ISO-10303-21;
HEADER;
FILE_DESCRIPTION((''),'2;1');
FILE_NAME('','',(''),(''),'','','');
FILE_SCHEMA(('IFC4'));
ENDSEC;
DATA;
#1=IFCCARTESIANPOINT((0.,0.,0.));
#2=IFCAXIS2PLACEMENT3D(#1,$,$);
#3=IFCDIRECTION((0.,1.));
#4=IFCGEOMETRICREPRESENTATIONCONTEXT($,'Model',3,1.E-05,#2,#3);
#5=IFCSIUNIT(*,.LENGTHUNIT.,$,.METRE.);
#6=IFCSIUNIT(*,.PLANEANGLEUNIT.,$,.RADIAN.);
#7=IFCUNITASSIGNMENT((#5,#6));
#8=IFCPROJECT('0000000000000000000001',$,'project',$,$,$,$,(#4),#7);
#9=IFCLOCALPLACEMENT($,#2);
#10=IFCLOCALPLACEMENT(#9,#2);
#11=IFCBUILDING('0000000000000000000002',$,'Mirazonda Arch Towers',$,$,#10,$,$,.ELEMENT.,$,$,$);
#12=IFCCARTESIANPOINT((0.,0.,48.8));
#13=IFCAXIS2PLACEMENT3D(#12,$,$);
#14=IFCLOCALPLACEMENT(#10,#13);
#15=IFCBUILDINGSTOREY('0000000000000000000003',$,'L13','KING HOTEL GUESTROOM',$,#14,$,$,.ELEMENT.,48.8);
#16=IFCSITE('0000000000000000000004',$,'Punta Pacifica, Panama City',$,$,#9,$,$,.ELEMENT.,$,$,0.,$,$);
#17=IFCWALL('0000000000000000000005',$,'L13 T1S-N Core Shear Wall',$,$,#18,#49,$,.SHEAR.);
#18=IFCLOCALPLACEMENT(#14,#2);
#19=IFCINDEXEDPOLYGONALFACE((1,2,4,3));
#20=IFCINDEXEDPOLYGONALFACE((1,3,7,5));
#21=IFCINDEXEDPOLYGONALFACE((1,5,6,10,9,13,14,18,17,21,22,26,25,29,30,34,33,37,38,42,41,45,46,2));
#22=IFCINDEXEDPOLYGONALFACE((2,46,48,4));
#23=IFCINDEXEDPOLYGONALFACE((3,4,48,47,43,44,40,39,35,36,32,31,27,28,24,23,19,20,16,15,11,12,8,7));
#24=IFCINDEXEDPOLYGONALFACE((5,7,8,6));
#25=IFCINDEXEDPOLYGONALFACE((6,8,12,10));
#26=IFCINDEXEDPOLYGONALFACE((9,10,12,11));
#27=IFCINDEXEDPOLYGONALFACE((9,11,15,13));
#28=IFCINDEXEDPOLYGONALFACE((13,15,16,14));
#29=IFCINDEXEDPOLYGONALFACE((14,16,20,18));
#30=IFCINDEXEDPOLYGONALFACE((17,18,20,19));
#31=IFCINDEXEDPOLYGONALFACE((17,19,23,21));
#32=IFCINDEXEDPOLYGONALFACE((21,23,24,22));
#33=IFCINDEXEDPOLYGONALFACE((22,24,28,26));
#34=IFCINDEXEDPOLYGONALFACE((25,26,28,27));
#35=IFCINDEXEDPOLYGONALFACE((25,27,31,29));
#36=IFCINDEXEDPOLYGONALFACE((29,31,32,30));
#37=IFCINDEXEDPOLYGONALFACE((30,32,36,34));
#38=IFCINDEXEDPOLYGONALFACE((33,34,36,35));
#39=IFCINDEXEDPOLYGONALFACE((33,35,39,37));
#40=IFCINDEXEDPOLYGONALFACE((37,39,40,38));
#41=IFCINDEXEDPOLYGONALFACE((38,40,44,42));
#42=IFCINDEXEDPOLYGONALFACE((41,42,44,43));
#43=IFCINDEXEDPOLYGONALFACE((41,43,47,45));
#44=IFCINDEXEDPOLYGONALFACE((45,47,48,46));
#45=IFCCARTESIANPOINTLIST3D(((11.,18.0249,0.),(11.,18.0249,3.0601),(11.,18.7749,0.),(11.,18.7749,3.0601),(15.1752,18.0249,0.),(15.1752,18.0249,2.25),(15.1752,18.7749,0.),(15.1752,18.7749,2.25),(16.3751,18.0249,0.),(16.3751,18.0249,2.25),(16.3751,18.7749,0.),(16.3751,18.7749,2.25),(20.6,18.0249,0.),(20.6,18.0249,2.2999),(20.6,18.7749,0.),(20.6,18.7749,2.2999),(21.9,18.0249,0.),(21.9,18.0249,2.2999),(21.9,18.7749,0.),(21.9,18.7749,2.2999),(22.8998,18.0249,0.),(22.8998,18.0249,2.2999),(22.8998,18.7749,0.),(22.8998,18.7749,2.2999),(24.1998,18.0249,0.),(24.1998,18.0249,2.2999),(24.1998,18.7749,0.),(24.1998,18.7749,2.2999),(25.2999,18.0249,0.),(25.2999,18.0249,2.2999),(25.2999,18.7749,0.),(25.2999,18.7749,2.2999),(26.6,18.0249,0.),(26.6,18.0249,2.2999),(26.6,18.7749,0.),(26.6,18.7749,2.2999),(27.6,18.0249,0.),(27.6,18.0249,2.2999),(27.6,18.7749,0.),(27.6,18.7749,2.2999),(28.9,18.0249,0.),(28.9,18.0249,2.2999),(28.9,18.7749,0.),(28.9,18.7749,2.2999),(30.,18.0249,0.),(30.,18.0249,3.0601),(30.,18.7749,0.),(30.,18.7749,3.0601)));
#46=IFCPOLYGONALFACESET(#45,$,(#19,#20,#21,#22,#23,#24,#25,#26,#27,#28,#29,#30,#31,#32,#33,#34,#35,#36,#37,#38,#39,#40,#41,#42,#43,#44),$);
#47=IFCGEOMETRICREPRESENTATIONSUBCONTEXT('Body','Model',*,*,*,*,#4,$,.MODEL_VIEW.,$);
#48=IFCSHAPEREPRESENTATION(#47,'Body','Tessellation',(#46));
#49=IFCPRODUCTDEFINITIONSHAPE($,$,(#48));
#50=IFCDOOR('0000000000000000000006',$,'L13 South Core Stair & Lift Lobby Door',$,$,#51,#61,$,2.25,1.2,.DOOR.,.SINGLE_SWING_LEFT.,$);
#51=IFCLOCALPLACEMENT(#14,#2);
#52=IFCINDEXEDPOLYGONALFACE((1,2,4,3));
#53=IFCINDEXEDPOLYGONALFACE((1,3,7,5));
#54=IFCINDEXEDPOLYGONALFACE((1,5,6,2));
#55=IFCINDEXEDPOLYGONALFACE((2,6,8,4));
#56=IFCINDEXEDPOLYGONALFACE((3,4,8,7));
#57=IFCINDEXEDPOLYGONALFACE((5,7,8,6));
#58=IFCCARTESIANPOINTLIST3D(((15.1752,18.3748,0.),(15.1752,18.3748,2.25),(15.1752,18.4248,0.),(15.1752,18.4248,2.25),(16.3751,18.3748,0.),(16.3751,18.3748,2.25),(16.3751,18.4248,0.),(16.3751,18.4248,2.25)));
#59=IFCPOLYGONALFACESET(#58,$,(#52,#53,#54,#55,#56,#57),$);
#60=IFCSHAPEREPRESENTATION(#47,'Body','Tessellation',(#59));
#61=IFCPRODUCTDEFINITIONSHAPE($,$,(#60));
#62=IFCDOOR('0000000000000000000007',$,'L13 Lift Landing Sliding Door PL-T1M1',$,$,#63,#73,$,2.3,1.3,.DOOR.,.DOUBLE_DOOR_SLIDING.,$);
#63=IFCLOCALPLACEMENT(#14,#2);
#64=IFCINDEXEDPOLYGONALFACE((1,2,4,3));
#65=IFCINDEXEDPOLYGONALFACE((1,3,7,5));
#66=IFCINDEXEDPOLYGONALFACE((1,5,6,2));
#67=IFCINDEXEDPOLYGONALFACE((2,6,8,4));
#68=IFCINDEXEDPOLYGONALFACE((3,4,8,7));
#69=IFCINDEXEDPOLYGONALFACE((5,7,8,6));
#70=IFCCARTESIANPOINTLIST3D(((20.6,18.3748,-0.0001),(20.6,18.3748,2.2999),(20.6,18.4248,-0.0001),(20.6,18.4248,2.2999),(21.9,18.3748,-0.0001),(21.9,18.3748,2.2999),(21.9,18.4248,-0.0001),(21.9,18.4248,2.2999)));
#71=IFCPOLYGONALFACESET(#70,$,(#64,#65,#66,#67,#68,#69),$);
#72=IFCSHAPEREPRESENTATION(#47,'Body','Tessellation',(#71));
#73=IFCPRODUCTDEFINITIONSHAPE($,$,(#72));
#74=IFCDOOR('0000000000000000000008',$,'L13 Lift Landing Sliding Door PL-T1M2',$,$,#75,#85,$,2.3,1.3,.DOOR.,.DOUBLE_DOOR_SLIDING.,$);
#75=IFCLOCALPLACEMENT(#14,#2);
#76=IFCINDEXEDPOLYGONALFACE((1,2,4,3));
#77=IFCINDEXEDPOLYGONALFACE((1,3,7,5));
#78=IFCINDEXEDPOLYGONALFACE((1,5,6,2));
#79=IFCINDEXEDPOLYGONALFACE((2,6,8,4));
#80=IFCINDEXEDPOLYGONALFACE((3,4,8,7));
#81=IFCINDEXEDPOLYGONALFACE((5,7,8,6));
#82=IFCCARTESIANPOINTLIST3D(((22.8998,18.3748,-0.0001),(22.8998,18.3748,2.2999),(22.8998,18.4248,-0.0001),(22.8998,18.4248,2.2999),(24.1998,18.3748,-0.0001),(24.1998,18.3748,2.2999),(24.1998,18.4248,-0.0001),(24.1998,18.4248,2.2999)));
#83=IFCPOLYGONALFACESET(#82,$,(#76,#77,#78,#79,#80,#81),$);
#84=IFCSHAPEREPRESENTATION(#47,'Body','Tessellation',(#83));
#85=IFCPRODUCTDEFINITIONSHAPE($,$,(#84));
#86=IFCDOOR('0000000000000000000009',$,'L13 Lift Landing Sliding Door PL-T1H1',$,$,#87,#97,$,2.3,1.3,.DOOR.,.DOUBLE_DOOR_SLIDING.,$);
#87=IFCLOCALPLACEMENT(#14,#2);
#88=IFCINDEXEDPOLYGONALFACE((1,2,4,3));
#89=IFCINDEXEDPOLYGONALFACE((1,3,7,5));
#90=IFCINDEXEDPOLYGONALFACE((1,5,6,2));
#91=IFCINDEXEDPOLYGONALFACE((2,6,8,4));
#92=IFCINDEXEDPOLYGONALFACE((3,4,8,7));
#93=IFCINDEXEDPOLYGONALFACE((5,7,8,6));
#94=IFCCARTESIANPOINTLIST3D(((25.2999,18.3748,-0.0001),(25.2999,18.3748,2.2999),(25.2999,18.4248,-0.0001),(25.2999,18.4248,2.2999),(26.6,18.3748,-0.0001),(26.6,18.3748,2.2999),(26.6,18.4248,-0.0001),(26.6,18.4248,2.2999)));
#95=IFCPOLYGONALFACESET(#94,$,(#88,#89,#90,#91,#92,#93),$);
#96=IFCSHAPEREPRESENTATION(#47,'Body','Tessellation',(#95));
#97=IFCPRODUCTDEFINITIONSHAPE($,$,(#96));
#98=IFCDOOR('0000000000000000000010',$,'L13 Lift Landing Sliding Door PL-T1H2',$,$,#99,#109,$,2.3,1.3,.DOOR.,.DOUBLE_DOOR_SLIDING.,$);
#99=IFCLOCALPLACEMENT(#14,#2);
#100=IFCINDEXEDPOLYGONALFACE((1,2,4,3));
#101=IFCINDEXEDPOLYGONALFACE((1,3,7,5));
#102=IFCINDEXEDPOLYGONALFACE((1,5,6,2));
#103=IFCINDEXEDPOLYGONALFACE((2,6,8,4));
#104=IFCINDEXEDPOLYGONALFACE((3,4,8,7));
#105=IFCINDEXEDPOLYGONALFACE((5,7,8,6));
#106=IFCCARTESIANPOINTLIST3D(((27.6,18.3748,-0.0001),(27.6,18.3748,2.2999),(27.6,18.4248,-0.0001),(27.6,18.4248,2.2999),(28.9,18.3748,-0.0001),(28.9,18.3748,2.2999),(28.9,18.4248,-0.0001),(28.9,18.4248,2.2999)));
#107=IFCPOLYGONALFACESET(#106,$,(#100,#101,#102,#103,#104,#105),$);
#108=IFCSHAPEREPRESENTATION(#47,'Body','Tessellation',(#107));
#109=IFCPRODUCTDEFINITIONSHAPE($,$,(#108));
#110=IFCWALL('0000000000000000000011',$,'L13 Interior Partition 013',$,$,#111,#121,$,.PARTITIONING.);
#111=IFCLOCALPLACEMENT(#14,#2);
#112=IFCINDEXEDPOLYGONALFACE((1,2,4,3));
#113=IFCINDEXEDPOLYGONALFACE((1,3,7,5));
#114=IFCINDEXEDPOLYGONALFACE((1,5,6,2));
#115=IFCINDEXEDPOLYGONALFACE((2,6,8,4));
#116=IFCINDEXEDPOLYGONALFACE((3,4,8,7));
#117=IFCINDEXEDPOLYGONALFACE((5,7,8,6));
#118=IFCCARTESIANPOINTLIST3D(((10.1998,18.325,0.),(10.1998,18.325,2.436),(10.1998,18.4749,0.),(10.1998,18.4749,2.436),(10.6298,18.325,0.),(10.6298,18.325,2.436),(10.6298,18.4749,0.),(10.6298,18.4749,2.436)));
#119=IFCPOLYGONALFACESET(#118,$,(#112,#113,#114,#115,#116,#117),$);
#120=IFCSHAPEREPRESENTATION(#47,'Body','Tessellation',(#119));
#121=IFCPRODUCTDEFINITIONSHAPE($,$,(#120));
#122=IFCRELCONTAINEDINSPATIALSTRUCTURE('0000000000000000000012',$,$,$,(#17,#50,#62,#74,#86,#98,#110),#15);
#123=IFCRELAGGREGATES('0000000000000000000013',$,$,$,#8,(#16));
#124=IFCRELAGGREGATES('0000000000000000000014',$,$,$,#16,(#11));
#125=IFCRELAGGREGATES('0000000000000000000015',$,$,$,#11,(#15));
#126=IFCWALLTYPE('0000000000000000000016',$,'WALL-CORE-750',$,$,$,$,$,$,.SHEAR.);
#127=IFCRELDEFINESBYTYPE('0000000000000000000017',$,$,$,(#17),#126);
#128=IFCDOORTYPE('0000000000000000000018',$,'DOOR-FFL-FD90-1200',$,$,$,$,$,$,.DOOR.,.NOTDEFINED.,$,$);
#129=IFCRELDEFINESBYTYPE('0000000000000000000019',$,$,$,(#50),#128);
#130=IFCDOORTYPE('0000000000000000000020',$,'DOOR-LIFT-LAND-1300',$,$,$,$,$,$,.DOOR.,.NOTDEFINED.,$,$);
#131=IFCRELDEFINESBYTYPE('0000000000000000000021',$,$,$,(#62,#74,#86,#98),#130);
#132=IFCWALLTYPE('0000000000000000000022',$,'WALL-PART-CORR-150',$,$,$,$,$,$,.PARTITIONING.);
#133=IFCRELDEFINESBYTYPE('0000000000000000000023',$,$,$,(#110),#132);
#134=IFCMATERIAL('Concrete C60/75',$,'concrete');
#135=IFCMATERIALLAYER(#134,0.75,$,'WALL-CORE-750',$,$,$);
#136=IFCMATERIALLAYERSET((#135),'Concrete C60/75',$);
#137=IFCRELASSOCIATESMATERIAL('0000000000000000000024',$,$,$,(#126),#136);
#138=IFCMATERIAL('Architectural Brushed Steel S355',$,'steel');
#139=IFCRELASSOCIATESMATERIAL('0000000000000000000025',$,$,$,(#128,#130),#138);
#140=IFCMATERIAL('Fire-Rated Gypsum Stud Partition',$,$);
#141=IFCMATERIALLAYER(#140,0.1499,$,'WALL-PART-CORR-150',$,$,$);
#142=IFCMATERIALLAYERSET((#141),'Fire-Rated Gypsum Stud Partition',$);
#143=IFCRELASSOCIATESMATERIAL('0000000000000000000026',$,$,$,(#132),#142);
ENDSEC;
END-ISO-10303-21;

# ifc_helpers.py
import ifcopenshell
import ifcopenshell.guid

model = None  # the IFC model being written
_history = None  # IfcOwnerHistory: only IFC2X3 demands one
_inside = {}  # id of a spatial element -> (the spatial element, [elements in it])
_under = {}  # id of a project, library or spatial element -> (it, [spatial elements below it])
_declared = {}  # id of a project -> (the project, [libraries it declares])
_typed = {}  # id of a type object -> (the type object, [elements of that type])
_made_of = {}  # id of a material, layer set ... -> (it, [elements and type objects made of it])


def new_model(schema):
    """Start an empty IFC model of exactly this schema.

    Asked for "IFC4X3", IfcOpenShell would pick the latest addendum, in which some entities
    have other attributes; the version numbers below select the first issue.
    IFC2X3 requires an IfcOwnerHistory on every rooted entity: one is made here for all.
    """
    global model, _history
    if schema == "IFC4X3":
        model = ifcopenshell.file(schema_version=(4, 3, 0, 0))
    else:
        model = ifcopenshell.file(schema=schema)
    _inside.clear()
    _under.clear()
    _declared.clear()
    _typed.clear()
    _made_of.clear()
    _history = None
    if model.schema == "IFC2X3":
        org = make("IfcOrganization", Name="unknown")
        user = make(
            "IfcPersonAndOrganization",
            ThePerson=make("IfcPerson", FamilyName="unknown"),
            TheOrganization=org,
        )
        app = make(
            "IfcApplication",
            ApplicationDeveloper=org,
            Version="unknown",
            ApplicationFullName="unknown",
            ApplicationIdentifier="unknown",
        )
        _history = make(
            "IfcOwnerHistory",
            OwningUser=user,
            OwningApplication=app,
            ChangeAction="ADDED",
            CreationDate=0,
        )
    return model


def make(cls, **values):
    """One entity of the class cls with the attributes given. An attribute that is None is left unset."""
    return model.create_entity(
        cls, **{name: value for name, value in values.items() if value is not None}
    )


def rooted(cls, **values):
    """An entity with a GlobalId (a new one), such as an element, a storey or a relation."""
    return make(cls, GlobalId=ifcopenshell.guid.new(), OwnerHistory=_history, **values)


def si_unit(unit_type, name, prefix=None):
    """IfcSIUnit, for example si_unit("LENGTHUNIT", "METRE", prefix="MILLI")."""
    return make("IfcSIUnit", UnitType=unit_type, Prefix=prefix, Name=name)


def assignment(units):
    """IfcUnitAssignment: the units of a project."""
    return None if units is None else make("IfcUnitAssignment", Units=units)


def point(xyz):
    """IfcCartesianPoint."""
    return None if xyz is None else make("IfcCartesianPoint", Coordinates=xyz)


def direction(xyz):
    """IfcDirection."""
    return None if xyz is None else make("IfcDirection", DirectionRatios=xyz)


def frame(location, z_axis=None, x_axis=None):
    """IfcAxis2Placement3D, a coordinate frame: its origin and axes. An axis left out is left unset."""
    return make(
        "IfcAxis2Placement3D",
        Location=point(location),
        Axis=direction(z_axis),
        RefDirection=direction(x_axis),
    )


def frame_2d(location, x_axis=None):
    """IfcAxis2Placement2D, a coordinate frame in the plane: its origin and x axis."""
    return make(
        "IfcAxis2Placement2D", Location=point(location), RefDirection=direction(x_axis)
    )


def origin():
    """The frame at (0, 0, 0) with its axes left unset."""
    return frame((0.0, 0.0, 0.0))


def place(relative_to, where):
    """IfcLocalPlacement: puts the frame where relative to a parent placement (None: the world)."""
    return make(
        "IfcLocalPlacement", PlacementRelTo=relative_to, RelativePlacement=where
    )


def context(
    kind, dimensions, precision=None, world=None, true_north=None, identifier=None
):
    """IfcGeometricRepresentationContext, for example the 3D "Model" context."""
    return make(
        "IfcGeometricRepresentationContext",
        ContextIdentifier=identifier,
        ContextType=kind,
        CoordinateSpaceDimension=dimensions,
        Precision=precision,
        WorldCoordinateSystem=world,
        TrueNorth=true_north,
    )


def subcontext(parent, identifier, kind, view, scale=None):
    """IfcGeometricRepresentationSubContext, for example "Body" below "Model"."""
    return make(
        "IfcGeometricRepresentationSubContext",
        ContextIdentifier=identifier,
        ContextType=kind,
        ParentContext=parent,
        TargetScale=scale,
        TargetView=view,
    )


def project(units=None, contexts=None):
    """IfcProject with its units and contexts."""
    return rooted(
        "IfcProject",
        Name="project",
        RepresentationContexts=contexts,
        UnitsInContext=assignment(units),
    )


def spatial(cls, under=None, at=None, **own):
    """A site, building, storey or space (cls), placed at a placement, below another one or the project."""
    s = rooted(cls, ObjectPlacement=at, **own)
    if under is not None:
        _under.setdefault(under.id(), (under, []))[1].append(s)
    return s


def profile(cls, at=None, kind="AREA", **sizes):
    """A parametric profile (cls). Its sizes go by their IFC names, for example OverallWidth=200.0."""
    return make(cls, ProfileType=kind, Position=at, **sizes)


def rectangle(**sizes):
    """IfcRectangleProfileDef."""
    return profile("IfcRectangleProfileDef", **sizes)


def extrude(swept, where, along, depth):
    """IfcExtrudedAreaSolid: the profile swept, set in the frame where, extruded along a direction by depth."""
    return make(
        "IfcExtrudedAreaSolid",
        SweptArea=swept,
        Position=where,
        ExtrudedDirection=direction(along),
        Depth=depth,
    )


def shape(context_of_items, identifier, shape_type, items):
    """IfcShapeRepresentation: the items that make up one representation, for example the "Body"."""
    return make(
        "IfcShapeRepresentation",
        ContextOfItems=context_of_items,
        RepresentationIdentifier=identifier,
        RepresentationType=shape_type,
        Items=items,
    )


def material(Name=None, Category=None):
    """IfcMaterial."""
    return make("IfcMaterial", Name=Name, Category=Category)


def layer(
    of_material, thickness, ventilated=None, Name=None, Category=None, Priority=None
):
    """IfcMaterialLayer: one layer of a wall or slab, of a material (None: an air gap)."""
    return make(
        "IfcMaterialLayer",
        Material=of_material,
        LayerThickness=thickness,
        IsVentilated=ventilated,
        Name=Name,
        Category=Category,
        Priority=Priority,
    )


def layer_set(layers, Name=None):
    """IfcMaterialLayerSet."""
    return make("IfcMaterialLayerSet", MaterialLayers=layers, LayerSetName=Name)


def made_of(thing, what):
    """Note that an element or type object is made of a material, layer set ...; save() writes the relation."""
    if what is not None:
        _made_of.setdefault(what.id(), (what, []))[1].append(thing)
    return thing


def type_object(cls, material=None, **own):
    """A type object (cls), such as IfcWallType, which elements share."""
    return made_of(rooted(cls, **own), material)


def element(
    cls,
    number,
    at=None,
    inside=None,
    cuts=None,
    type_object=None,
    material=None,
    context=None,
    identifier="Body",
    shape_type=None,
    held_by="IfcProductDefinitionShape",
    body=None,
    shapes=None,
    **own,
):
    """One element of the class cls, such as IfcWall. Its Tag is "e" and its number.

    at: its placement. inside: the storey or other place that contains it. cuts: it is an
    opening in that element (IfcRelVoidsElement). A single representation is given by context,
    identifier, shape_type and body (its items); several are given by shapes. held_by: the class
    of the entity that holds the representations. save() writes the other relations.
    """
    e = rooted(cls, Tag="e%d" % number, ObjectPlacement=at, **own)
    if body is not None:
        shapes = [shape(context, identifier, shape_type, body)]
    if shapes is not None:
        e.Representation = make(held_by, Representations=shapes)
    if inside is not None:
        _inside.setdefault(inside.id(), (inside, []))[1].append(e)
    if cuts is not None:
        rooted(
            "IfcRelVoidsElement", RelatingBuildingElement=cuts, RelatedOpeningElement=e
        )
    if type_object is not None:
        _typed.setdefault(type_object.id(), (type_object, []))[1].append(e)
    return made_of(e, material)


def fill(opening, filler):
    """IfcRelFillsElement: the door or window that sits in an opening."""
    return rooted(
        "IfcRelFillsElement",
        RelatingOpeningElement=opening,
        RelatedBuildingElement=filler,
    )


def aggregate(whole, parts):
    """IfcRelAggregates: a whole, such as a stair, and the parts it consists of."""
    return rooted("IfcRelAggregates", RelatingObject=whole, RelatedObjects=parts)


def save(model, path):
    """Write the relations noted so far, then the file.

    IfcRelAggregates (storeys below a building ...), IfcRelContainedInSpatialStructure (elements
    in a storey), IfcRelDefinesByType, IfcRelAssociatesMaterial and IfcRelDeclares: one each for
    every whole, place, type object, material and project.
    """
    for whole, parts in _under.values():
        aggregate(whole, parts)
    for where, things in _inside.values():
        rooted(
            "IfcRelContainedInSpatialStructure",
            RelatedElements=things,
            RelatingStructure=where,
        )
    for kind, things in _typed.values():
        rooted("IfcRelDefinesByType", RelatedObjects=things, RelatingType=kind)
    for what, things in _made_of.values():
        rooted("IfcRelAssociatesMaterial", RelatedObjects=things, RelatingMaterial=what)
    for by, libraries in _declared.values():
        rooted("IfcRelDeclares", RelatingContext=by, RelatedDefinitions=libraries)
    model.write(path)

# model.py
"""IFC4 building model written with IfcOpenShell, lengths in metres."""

from ifc_helpers import new_model, si_unit, direction, frame, frame_2d, origin, place, context, subcontext, project, spatial, rectangle, extrude, material, layer, layer_set, type_object, element, fill, save


model = new_model("IFC4")

# Units and contexts
model_context = context("Model", 3, precision=1e-05, world=origin(), true_north=direction((0.0, 1.0)))
body_context = subcontext(model_context, "Body", "Model", "MODEL_VIEW")
ifc_project = project(units=[si_unit("LENGTHUNIT", "METRE"), si_unit("PLANEANGLEUNIT", "RADIAN")], contexts=[model_context])

# Site, building, storey
site_placement = place(None, origin())
site = spatial("IfcSite", under=ifc_project, at=site_placement, Name="Punta Pacifica, Panama City", CompositionType="ELEMENT", RefElevation=0.0)
building_placement = place(site_placement, origin())
building = spatial("IfcBuilding", under=site, at=building_placement, Name="Mirazonda Arch Towers", CompositionType="ELEMENT")
storey_placement = place(building_placement, frame((0.0, 0.0, 48.8)))
storey = spatial("IfcBuildingStorey", under=building, at=storey_placement, Name="L13", Description="KING HOTEL GUESTROOM", CompositionType="ELEMENT", Elevation=48.8)

# Shared definitions
ifc_material_1 = material(Name="Concrete C60/75", Category="concrete")

# Shared definitions
ifc_material_2 = material(Name="Architectural Brushed Steel S355", Category="steel")

# Wall, openings, doors
ifc_layer_1 = layer(ifc_material_1, 0.75, Name="WALL-CORE-750")
ifc_layer_set_1 = layer_set([ifc_layer_1], Name="Concrete C60/75")
wall_type_1 = type_object("IfcWallType", Name="WALL-CORE-750", PredefinedType="SHEAR", material=ifc_layer_set_1)
wall_1_placement = place(storey_placement, frame((11.0, 18.3999, 0.0), z_axis=(0.0, 0.0, 1.0), x_axis=(1.0, 0.0, 0.0)))
wall_1 = element("IfcWall", 1, at=wall_1_placement, inside=storey, type_object=wall_type_1, Name="L13 T1S-N Core Shear Wall", PredefinedType="SHEAR", context=body_context, shape_type="SweptSolid", body=[
    extrude(rectangle(XDim=19.0, YDim=0.75, at=frame_2d((9.5, 0.0))), origin(), (0.0, 0.0, 1.0), 3.0601),
])
opening_1_placement = place(wall_1_placement, frame((4.175, 0.0, 0.0)))
opening_1 = element("IfcOpeningElement", 2, at=opening_1_placement, cuts=wall_1, PredefinedType="OPENING", context=body_context, shape_type="SweptSolid", body=[
    extrude(rectangle(XDim=1.2, YDim=2.25, at=frame_2d((0.6001, 1.125))), frame((0.0, 0.385, 0.0), z_axis=(0.0, -1.0, 0.0), x_axis=(1.0, 0.0, 0.0)), (0.0, 0.0, 1.0), 0.77),
])
opening_2_placement = place(wall_1_placement, frame((9.6001, 0.0, 0.0)))
opening_2 = element("IfcOpeningElement", 3, at=opening_2_placement, cuts=wall_1, PredefinedType="OPENING", context=body_context, shape_type="SweptSolid", body=[
    extrude(rectangle(XDim=1.3, YDim=2.3, at=frame_2d((0.6499, 1.1499))), frame((0.0, 0.385, 0.0), z_axis=(0.0, -1.0, 0.0), x_axis=(1.0, 0.0, 0.0)), (0.0, 0.0, 1.0), 0.77),
])
opening_3_placement = place(wall_1_placement, frame((11.8999, 0.0, 0.0)))
opening_3 = element("IfcOpeningElement", 4, at=opening_3_placement, cuts=wall_1, PredefinedType="OPENING", context=body_context, shape_type="SweptSolid", body=[
    extrude(rectangle(XDim=1.3, YDim=2.3, at=frame_2d((0.6499, 1.1499))), frame((0.0, 0.385, 0.0), z_axis=(0.0, -1.0, 0.0), x_axis=(1.0, 0.0, 0.0)), (0.0, 0.0, 1.0), 0.77),
])
opening_4_placement = place(wall_1_placement, frame((14.3, 0.0, 0.0)))
opening_4 = element("IfcOpeningElement", 5, at=opening_4_placement, cuts=wall_1, PredefinedType="OPENING", context=body_context, shape_type="SweptSolid", body=[
    extrude(rectangle(XDim=1.3, YDim=2.3, at=frame_2d((0.6499, 1.1499))), frame((0.0, 0.385, 0.0), z_axis=(0.0, -1.0, 0.0), x_axis=(1.0, 0.0, 0.0)), (0.0, 0.0, 1.0), 0.77),
])
opening_5_placement = place(wall_1_placement, frame((16.6001, 0.0, 0.0)))
opening_5 = element("IfcOpeningElement", 6, at=opening_5_placement, cuts=wall_1, PredefinedType="OPENING", context=body_context, shape_type="SweptSolid", body=[
    extrude(rectangle(XDim=1.3, YDim=2.3, at=frame_2d((0.6499, 1.1499))), frame((0.0, 0.385, 0.0), z_axis=(0.0, -1.0, 0.0), x_axis=(1.0, 0.0, 0.0)), (0.0, 0.0, 1.0), 0.77),
])
door_type_1 = type_object("IfcDoorType", Name="DOOR-FFL-FD90-1200", OperationType="NOTDEFINED", PredefinedType="DOOR", material=ifc_material_2)
door_1_placement = place(opening_1_placement, origin())
door_1 = element("IfcDoor", 7, at=door_1_placement, inside=storey, type_object=door_type_1, Name="L13 South Core Stair & Lift Lobby Door", OperationType="SINGLE_SWING_LEFT", OverallHeight=2.25, OverallWidth=1.2, PredefinedType="DOOR", context=body_context, shape_type="SweptSolid", body=[
    extrude(rectangle(XDim=1.2, YDim=2.25, at=frame_2d((0.6001, 1.125))), frame((0.0, 0.0249, 0.0), z_axis=(0.0, -1.0, 0.0), x_axis=(1.0, 0.0, 0.0)), (0.0, 0.0, 1.0), 0.05),
])
fill(opening_1, door_1)
door_type_2 = type_object("IfcDoorType", Name="DOOR-LIFT-LAND-1300", OperationType="NOTDEFINED", PredefinedType="DOOR", material=ifc_material_2)
door_2_placement = place(opening_2_placement, origin())
door_2 = element("IfcDoor", 8, at=door_2_placement, inside=storey, type_object=door_type_2, Name="L13 Lift Landing Sliding Door PL-T1M1", OperationType="DOUBLE_DOOR_SLIDING", OverallHeight=2.3, OverallWidth=1.3, PredefinedType="DOOR", context=body_context, shape_type="SweptSolid", body=[
    extrude(rectangle(XDim=1.3, YDim=2.3, at=frame_2d((0.6499, 1.1499))), frame((0.0, 0.0249, 0.0), z_axis=(0.0, -1.0, 0.0), x_axis=(1.0, 0.0, 0.0)), (0.0, 0.0, 1.0), 0.05),
])
fill(opening_2, door_2)
door_3_placement = place(opening_3_placement, origin())
door_3 = element("IfcDoor", 9, at=door_3_placement, inside=storey, type_object=door_type_2, Name="L13 Lift Landing Sliding Door PL-T1M2", OperationType="DOUBLE_DOOR_SLIDING", OverallHeight=2.3, OverallWidth=1.3, PredefinedType="DOOR", context=body_context, shape_type="SweptSolid", body=[
    extrude(rectangle(XDim=1.3, YDim=2.3, at=frame_2d((0.6499, 1.1499))), frame((0.0, 0.0249, 0.0), z_axis=(0.0, -1.0, 0.0), x_axis=(1.0, 0.0, 0.0)), (0.0, 0.0, 1.0), 0.05),
])
fill(opening_3, door_3)
door_4_placement = place(opening_4_placement, origin())
door_4 = element("IfcDoor", 10, at=door_4_placement, inside=storey, type_object=door_type_2, Name="L13 Lift Landing Sliding Door PL-T1H1", OperationType="DOUBLE_DOOR_SLIDING", OverallHeight=2.3, OverallWidth=1.3, PredefinedType="DOOR", context=body_context, shape_type="SweptSolid", body=[
    extrude(rectangle(XDim=1.3, YDim=2.3, at=frame_2d((0.6499, 1.1499))), frame((0.0, 0.0249, 0.0), z_axis=(0.0, -1.0, 0.0), x_axis=(1.0, 0.0, 0.0)), (0.0, 0.0, 1.0), 0.05),
])
fill(opening_4, door_4)
door_5_placement = place(opening_5_placement, origin())
door_5 = element("IfcDoor", 11, at=door_5_placement, inside=storey, type_object=door_type_2, Name="L13 Lift Landing Sliding Door PL-T1H2", OperationType="DOUBLE_DOOR_SLIDING", OverallHeight=2.3, OverallWidth=1.3, PredefinedType="DOOR", context=body_context, shape_type="SweptSolid", body=[
    extrude(rectangle(XDim=1.3, YDim=2.3, at=frame_2d((0.6499, 1.1499))), frame((0.0, 0.0249, 0.0), z_axis=(0.0, -1.0, 0.0), x_axis=(1.0, 0.0, 0.0)), (0.0, 0.0, 1.0), 0.05),
])
fill(opening_5, door_5)

# Wall
ifc_material_3 = material(Name="Fire-Rated Gypsum Stud Partition")
ifc_layer_2 = layer(ifc_material_3, 0.1499, Name="WALL-PART-CORR-150")
ifc_layer_set_2 = layer_set([ifc_layer_2], Name="Fire-Rated Gypsum Stud Partition")
wall_type_2 = type_object("IfcWallType", Name="WALL-PART-CORR-150", PredefinedType="PARTITIONING", material=ifc_layer_set_2)
wall_2_placement = place(storey_placement, frame((10.2, 18.3999, 0.0), z_axis=(0.0, 0.0, 1.0), x_axis=(1.0, 0.0, 0.0)))
element("IfcWall", 12, at=wall_2_placement, inside=storey, type_object=wall_type_2, Name="L13 Interior Partition 013", PredefinedType="PARTITIONING", context=body_context, shape_type="SweptSolid", body=[
    extrude(rectangle(XDim=0.4299, YDim=0.1499, at=frame_2d((0.2148, 0.0))), origin(), (0.0, 0.0, 1.0), 2.436),
])

save(model, "model.ifc")
